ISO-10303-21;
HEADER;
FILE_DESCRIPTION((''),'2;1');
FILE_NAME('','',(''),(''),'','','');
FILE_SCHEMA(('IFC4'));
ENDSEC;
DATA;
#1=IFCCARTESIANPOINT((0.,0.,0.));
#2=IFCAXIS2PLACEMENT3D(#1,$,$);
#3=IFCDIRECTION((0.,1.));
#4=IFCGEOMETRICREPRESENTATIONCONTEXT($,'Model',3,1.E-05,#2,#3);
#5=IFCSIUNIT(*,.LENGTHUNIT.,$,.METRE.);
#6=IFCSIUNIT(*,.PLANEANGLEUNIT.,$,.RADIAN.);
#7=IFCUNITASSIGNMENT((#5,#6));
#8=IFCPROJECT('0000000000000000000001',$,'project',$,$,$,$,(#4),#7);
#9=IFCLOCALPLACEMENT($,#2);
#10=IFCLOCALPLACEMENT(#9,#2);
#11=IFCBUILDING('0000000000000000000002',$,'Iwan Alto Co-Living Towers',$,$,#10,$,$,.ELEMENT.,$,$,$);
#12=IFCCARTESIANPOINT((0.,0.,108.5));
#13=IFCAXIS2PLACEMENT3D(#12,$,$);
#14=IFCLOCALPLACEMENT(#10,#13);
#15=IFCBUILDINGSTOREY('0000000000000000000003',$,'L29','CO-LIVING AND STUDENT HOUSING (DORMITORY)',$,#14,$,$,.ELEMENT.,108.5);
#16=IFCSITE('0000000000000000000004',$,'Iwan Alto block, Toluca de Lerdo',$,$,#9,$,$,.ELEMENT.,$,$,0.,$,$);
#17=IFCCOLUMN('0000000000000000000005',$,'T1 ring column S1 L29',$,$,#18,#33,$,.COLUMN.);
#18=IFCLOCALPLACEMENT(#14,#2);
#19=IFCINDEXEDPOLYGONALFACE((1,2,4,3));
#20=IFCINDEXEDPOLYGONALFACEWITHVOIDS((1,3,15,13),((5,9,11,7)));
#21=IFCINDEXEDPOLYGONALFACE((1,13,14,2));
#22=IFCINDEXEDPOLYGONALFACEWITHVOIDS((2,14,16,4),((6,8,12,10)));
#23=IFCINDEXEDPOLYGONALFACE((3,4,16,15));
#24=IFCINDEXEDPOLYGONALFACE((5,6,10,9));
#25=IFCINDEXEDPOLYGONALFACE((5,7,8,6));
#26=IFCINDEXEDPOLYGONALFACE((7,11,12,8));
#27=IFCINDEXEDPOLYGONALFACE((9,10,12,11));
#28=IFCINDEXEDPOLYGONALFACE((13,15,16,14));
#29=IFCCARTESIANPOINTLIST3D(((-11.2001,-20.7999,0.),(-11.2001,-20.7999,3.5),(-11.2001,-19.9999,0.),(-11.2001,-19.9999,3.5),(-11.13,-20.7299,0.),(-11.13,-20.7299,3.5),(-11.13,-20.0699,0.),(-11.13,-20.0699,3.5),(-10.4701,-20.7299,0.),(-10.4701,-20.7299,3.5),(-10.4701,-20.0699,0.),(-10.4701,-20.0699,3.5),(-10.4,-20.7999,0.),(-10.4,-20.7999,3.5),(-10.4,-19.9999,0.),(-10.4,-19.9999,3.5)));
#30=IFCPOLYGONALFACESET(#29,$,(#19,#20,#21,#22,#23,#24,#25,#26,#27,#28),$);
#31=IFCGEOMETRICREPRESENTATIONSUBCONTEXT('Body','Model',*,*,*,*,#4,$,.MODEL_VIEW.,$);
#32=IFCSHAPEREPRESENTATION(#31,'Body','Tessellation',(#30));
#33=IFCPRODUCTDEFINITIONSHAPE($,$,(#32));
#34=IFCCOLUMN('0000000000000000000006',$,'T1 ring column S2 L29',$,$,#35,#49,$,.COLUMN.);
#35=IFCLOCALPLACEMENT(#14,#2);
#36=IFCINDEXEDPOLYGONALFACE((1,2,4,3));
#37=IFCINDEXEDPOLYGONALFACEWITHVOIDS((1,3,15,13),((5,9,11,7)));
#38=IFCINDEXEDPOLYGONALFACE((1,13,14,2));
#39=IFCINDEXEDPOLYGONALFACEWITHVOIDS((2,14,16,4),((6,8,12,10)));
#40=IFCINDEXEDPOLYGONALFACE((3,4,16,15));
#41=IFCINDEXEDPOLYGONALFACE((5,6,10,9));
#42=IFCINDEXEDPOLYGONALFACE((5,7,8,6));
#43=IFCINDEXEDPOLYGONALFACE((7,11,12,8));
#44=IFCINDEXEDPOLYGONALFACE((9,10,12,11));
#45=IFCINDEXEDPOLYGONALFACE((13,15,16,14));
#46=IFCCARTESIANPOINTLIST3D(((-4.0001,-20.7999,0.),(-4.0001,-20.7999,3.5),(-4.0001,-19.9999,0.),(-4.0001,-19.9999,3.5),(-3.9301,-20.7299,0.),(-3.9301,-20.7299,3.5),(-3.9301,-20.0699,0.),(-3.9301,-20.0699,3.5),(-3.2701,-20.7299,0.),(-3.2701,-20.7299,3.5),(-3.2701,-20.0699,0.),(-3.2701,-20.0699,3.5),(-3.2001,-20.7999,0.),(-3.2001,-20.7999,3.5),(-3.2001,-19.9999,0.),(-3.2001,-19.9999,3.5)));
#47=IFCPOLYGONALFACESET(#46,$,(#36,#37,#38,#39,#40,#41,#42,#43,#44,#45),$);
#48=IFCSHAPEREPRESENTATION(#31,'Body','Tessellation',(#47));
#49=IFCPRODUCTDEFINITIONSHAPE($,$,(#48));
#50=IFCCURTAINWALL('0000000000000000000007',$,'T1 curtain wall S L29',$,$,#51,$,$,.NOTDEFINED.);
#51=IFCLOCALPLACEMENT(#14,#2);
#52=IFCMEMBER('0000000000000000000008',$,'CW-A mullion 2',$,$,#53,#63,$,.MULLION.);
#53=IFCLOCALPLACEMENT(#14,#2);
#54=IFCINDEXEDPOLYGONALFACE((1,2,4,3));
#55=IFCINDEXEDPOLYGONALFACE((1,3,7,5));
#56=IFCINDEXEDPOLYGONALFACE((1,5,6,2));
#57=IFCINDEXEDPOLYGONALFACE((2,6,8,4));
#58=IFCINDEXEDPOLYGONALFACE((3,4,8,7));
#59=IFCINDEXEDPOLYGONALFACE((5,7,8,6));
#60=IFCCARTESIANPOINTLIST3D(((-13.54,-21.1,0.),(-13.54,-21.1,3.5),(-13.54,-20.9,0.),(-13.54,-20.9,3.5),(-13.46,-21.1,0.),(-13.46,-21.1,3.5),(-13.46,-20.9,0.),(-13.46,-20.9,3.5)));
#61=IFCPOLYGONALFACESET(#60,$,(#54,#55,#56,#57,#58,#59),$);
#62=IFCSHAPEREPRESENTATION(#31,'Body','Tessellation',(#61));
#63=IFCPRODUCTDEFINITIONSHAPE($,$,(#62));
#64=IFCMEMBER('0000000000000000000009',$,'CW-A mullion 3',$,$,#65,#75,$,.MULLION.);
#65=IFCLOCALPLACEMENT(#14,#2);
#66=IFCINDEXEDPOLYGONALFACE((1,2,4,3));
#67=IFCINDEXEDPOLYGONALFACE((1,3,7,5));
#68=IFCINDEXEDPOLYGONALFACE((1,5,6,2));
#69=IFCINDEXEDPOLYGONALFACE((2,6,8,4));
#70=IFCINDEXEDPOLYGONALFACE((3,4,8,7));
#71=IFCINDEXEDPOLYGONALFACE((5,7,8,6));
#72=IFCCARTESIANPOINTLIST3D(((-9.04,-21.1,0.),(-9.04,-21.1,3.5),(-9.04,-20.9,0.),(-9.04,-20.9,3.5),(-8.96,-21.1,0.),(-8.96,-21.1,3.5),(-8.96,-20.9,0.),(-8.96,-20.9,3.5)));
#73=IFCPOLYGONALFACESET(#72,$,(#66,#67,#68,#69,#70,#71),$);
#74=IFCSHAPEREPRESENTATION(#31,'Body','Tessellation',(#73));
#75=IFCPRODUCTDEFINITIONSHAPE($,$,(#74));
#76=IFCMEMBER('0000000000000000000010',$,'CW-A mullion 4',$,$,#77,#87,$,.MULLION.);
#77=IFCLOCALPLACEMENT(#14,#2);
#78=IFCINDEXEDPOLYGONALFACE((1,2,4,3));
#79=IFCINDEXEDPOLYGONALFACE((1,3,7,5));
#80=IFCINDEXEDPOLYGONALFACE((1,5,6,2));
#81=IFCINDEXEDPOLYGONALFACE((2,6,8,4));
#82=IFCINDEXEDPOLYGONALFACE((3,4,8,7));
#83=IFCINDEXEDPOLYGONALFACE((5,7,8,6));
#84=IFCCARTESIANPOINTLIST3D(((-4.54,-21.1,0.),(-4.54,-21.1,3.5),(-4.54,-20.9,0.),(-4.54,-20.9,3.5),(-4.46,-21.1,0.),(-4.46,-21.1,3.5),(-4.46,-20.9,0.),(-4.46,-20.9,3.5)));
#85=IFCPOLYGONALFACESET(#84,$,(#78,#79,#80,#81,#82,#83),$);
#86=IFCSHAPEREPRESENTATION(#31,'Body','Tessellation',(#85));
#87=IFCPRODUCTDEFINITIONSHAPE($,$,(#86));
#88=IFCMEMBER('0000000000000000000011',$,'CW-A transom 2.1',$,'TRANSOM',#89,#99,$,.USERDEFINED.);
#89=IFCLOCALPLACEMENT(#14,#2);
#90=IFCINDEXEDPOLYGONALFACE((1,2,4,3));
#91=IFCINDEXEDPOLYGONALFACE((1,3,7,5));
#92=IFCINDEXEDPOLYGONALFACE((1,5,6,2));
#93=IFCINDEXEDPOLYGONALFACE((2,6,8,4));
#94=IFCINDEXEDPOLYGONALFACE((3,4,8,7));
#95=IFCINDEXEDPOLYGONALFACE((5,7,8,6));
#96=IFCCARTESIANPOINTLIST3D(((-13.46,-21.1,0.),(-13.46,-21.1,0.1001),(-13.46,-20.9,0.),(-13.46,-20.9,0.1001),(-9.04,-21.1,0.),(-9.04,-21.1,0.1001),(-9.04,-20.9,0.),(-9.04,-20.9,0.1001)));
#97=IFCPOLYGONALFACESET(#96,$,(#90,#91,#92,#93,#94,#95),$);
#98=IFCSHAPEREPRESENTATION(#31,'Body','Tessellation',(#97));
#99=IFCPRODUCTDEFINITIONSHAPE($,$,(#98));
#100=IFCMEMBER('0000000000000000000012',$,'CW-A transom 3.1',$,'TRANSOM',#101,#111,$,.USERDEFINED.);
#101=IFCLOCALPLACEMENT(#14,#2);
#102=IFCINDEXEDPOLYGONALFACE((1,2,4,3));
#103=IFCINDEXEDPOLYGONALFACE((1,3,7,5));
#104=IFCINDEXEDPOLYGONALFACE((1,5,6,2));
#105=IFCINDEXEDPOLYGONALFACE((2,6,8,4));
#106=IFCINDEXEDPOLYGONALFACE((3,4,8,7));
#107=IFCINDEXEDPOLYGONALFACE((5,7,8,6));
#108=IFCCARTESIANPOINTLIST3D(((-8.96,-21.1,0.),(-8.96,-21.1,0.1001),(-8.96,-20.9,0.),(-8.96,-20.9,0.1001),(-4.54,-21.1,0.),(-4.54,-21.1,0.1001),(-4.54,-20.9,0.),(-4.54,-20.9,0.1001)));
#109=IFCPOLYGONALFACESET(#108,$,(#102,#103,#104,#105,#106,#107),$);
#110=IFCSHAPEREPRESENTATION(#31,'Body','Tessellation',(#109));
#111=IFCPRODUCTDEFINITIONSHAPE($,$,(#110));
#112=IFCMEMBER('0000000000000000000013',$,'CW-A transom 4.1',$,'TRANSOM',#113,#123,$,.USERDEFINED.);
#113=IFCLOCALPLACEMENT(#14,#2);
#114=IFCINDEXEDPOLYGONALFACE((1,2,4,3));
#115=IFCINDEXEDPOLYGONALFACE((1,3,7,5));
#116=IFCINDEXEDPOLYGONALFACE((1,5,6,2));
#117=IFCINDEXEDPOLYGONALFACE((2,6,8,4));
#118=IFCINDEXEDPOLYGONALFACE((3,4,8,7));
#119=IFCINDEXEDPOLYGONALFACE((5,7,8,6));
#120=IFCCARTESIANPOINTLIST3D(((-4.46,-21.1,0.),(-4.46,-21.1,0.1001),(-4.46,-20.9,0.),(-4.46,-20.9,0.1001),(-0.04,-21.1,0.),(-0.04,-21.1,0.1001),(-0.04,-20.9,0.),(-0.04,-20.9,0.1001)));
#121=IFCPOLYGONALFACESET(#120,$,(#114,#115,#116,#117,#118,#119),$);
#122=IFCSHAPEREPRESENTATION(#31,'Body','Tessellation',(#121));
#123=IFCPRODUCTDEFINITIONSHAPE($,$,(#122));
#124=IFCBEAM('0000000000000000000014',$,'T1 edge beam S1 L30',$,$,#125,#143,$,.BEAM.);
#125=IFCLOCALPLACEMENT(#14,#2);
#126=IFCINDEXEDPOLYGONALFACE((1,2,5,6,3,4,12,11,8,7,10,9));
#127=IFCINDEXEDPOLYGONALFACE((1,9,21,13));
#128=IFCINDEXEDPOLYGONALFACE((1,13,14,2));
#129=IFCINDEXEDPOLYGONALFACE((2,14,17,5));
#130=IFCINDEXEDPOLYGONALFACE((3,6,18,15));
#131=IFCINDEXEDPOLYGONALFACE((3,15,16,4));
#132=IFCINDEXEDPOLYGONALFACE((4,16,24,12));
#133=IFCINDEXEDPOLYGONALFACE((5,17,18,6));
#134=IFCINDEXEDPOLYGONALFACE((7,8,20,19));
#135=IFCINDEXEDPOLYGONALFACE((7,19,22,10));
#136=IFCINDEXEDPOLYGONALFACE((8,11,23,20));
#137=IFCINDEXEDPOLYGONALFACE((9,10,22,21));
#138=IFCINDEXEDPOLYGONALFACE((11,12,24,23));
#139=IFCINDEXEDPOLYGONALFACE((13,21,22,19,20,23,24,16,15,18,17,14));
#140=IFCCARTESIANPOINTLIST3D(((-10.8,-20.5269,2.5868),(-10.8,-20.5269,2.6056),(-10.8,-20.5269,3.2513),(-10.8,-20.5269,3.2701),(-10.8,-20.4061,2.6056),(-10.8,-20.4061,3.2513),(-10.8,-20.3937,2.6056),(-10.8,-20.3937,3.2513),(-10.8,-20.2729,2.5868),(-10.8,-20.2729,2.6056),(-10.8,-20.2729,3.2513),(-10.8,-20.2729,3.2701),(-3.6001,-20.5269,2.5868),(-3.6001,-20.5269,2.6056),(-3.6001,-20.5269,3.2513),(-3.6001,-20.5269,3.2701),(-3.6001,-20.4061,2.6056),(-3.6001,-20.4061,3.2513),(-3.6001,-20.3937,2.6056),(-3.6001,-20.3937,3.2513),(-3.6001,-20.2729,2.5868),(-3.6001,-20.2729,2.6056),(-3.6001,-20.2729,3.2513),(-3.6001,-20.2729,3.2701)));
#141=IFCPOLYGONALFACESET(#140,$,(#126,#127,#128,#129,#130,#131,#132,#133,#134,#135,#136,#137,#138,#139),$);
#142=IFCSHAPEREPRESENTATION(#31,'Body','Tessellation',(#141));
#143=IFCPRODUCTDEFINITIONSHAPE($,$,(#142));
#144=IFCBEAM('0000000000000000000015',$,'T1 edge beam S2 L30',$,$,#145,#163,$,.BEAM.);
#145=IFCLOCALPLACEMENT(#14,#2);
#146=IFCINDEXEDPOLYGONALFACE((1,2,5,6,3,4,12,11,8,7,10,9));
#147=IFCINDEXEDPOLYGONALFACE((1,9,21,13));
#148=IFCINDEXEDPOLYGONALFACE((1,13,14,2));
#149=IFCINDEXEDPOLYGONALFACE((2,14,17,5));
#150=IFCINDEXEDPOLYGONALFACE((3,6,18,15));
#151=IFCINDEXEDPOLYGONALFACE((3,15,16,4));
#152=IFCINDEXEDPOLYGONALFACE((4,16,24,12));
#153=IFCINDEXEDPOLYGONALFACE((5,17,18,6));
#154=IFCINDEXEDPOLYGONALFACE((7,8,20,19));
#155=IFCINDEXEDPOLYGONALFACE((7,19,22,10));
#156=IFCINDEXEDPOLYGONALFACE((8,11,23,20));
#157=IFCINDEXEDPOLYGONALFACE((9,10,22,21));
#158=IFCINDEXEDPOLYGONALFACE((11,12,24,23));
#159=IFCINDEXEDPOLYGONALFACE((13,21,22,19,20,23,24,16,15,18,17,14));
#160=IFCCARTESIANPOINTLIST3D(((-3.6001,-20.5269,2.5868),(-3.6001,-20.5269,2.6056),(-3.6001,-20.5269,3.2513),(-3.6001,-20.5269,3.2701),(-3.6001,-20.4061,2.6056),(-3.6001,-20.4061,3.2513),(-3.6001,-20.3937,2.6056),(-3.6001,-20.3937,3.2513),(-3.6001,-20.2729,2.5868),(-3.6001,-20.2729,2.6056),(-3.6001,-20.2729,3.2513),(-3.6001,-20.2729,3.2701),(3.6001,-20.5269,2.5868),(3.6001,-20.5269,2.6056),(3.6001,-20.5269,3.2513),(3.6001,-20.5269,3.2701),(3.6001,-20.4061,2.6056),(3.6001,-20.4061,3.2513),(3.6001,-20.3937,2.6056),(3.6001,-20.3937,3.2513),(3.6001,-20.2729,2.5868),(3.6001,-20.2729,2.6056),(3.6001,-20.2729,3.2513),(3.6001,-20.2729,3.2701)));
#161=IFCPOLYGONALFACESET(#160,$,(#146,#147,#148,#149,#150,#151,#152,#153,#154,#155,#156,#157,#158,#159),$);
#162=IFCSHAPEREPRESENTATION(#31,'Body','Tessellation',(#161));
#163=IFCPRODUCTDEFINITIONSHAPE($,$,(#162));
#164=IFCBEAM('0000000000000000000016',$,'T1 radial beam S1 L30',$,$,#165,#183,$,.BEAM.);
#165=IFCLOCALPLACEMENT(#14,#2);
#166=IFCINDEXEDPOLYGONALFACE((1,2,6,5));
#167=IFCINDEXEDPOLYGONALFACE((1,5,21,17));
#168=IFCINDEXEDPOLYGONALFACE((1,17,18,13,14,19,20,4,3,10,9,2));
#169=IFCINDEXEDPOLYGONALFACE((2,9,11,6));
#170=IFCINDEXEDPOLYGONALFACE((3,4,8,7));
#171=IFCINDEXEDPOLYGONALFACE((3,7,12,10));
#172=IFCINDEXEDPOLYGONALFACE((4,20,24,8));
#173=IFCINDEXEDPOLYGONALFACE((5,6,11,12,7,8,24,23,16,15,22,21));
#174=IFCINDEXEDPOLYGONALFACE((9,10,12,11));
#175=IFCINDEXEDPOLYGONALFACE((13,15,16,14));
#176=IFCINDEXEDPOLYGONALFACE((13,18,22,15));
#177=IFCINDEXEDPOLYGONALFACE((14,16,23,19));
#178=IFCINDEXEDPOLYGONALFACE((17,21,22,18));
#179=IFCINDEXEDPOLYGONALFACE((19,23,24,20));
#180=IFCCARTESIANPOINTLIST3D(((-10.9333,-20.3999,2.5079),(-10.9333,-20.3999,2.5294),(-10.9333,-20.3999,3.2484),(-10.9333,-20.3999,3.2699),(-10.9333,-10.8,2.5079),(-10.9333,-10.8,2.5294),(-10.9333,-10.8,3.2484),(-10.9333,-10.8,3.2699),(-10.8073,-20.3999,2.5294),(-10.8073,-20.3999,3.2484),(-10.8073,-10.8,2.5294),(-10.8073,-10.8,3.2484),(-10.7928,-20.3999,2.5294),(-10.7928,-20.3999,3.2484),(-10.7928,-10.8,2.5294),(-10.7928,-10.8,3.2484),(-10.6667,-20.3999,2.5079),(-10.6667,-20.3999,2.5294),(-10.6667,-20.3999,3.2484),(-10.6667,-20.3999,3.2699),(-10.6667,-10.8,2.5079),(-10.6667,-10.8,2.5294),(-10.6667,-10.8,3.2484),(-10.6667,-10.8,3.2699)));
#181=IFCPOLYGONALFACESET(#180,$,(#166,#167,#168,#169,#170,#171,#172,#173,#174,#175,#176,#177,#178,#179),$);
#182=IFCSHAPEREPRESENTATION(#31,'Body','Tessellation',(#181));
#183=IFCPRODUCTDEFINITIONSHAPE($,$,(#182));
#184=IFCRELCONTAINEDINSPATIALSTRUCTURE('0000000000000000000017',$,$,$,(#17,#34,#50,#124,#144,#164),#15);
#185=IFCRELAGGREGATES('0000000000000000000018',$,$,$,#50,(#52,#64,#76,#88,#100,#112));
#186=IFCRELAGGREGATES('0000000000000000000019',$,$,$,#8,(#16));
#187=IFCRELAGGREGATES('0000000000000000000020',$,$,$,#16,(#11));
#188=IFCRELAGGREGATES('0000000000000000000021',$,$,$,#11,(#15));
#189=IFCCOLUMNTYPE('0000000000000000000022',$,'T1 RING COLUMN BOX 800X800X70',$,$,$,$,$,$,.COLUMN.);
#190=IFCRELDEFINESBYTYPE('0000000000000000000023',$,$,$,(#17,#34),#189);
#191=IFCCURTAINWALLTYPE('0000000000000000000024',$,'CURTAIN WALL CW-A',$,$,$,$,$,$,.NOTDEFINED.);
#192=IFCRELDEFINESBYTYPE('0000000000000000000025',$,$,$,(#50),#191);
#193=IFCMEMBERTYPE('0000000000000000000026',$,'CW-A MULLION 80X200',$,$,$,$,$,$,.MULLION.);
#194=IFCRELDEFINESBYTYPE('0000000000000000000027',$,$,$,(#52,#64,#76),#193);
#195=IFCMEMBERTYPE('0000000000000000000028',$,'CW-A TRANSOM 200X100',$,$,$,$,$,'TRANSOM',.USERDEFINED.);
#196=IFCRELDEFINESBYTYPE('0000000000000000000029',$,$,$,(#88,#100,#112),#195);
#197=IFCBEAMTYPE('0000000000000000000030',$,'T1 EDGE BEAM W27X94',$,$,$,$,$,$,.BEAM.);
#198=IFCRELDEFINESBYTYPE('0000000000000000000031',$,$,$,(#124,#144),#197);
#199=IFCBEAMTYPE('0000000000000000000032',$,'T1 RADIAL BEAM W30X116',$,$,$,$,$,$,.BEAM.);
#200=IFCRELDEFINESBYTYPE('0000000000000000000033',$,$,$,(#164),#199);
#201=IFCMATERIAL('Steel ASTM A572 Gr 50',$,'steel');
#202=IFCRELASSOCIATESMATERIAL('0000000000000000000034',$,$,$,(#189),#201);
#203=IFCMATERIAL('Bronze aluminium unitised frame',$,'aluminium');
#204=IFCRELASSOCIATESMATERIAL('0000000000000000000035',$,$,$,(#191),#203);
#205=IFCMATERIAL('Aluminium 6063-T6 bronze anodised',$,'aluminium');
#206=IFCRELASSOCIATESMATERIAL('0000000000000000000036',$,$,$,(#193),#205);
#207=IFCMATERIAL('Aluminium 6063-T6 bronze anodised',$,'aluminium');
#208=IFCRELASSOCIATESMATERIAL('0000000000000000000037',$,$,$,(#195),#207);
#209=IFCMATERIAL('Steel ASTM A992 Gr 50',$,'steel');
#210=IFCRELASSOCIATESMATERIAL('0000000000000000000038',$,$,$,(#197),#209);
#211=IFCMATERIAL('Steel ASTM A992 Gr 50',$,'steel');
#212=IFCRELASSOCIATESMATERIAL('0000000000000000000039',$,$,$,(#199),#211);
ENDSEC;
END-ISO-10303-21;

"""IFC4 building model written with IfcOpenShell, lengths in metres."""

from ifc_helpers import new_model, si_unit, direction, frame, origin, origin_2d, place, context, subcontext, project, spatial, rectangle, hollow_rectangle, i_section, extrude, material, material_profile, profile_set, type_object, element, aggregate, save


model = new_model("IFC4")

# Units and contexts
model_context = context("Model", 3, precision=1e-05, world=origin(), true_north=direction((0.0, 1.0)))
body_context = subcontext(model_context, "Body", "Model", "MODEL_VIEW")
ifc_project = project(units=[si_unit("LENGTHUNIT", "METRE"), si_unit("PLANEANGLEUNIT", "RADIAN")], contexts=[model_context])

# Site, building, storey
site_placement = place(None, origin())
site = spatial("IfcSite", under=ifc_project, at=site_placement, Name="Iwan Alto block, Toluca de Lerdo", CompositionType="ELEMENT", RefElevation=0.0)
building_placement = place(site_placement, origin())
building = spatial("IfcBuilding", under=site, at=building_placement, Name="Iwan Alto Co-Living Towers", CompositionType="ELEMENT")
storey_placement = place(building_placement, frame((0.0, 0.0, 108.5)))
storey = spatial("IfcBuildingStorey", under=building, at=storey_placement, Name="L29", Description="CO-LIVING AND STUDENT HOUSING (DORMITORY)", CompositionType="ELEMENT", Elevation=108.5)

# Columns
ifc_material_1 = material(Name="Steel ASTM A572 Gr 50", Category="steel")
ifc_material_profile_1 = material_profile(ifc_material_1, hollow_rectangle(XDim=0.8, YDim=0.8, WallThickness=0.0701, at=origin_2d()), Name="BOX 800X800X70")
ifc_profile_set_1 = profile_set([ifc_material_profile_1], Name="Steel ASTM A572 Gr 50")
column_type = type_object("IfcColumnType", Name="T1 RING COLUMN BOX 800X800X70", PredefinedType="COLUMN", material=ifc_profile_set_1)
for number, where, z_axis, x_axis, name in (
    (1, (-10.8, -20.3999, 0.0), (0.0, 0.0, 1.0), (1.0, 0.0, 0.0), "T1 ring column S1 L29"),
    (2, (-3.6001, -20.3999, 0.0), (0.0, 0.0, 1.0), (1.0, 0.0, 0.0), "T1 ring column S2 L29"),
):
    element("IfcColumn", number, at=place(storey_placement, frame(where, z_axis=z_axis, x_axis=x_axis)), inside=storey, type_object=column_type, Name=name, PredefinedType="COLUMN", context=body_context, shape_type="SweptSolid", body=[
        extrude(hollow_rectangle(XDim=0.8, YDim=0.8, WallThickness=0.0701, at=origin_2d()), origin(), (0.0, 0.0, 1.0), 3.5),
    ])

# Curtain wall, members
ifc_material_2 = material(Name="Bronze aluminium unitised frame", Category="aluminium")
curtain_wall_type = type_object("IfcCurtainWallType", Name="CURTAIN WALL CW-A", PredefinedType="NOTDEFINED", material=ifc_material_2)
curtain_wall_placement = place(storey_placement, origin())
curtain_wall = element("IfcCurtainWall", 3, at=curtain_wall_placement, inside=storey, type_object=curtain_wall_type, Name="T1 curtain wall S L29", PredefinedType="NOTDEFINED")
ifc_material_3 = material(Name="Aluminium 6063-T6 bronze anodised", Category="aluminium")
ifc_material_profile_2 = material_profile(ifc_material_3, rectangle(XDim=0.2, YDim=0.0801, at=origin_2d()), Name="AL 80X200")
ifc_profile_set_2 = profile_set([ifc_material_profile_2], Name="Aluminium 6063-T6 bronze anodised")
member_type_1 = type_object("IfcMemberType", Name="CW-A MULLION 80X200", PredefinedType="MULLION", material=ifc_profile_set_2)
member_1_placement = place(storey_placement, frame((-13.5, -21.0, 0.0), z_axis=(0.0, 0.0, 1.0), x_axis=(0.0, 1.0, 0.0)))
member_1 = element("IfcMember", 4, at=member_1_placement, type_object=member_type_1, Name="CW-A mullion 2", PredefinedType="MULLION", context=body_context, shape_type="SweptSolid", body=[
    extrude(rectangle(XDim=0.2, YDim=0.0801, at=origin_2d()), origin(), (0.0, 0.0, 1.0), 3.5),
])
member_2_placement = place(storey_placement, frame((-9.0, -21.0, 0.0), z_axis=(0.0, 0.0, 1.0), x_axis=(0.0, 1.0, 0.0)))
member_2 = element("IfcMember", 5, at=member_2_placement, type_object=member_type_1, Name="CW-A mullion 3", PredefinedType="MULLION", context=body_context, shape_type="SweptSolid", body=[
    extrude(rectangle(XDim=0.2, YDim=0.0801, at=origin_2d()), origin(), (0.0, 0.0, 1.0), 3.5),
])
member_3_placement = place(storey_placement, frame((-4.5, -21.0, 0.0), z_axis=(0.0, 0.0, 1.0), x_axis=(0.0, 1.0, 0.0)))
member_3 = element("IfcMember", 6, at=member_3_placement, type_object=member_type_1, Name="CW-A mullion 4", PredefinedType="MULLION", context=body_context, shape_type="SweptSolid", body=[
    extrude(rectangle(XDim=0.2, YDim=0.0801, at=origin_2d()), origin(), (0.0, 0.0, 1.0), 3.5),
])
ifc_material_4 = material(Name="Aluminium 6063-T6 bronze anodised", Category="aluminium")
ifc_material_profile_3 = material_profile(ifc_material_4, rectangle(XDim=0.2, YDim=0.1001, at=origin_2d()), Name="AL 200X100")
ifc_profile_set_3 = profile_set([ifc_material_profile_3], Name="Aluminium 6063-T6 bronze anodised")
member_type_2 = type_object("IfcMemberType", Name="CW-A TRANSOM 200X100", ElementType="TRANSOM", PredefinedType="USERDEFINED", material=ifc_profile_set_3)
member_4_placement = place(storey_placement, frame((-13.46, -21.0, 0.05), z_axis=(1.0, 0.0, 0.0), x_axis=(0.0, 1.0, 0.0)))
member_4 = element("IfcMember", 7, at=member_4_placement, type_object=member_type_2, Name="CW-A transom 2.1", ObjectType="TRANSOM", PredefinedType="USERDEFINED", context=body_context, shape_type="SweptSolid", body=[
    extrude(rectangle(XDim=0.2, YDim=0.1001, at=origin_2d()), origin(), (0.0, 0.0, 1.0), 4.4199),
])
member_5_placement = place(storey_placement, frame((-8.96, -21.0, 0.05), z_axis=(1.0, 0.0, 0.0), x_axis=(0.0, 1.0, 0.0)))
member_5 = element("IfcMember", 8, at=member_5_placement, type_object=member_type_2, Name="CW-A transom 3.1", ObjectType="TRANSOM", PredefinedType="USERDEFINED", context=body_context, shape_type="SweptSolid", body=[
    extrude(rectangle(XDim=0.2, YDim=0.1001, at=origin_2d()), origin(), (0.0, 0.0, 1.0), 4.4199),
])
member_6_placement = place(storey_placement, frame((-4.46, -21.0, 0.05), z_axis=(1.0, 0.0, 0.0), x_axis=(0.0, 1.0, 0.0)))
member_6 = element("IfcMember", 9, at=member_6_placement, type_object=member_type_2, Name="CW-A transom 4.1", ObjectType="TRANSOM", PredefinedType="USERDEFINED", context=body_context, shape_type="SweptSolid", body=[
    extrude(rectangle(XDim=0.2, YDim=0.1001, at=origin_2d()), origin(), (0.0, 0.0, 1.0), 4.4199),
])

# Beams
ifc_material_5 = material(Name="Steel ASTM A992 Gr 50", Category="steel")
ifc_material_profile_4 = material_profile(ifc_material_5, i_section(OverallWidth=0.2539, OverallDepth=0.6833, WebThickness=0.0125, FlangeThickness=0.0188, at=origin_2d()), Name="W27X94")
ifc_profile_set_4 = profile_set([ifc_material_profile_4], Name="Steel ASTM A992 Gr 50")
beam_type_1 = type_object("IfcBeamType", Name="T1 EDGE BEAM W27X94", PredefinedType="BEAM", material=ifc_profile_set_4)
beam_1_placement = place(storey_placement, frame((-10.8, -20.3999, 2.9285), z_axis=(1.0, 0.0, 0.0), x_axis=(0.0, 1.0, 0.0)))
element("IfcBeam", 10, at=beam_1_placement, inside=storey, type_object=beam_type_1, Name="T1 edge beam S1 L30", PredefinedType="BEAM", context=body_context, shape_type="SweptSolid", body=[
    extrude(i_section(OverallWidth=0.2539, OverallDepth=0.6833, WebThickness=0.0125, FlangeThickness=0.0188, at=origin_2d()), origin(), (0.0, 0.0, 1.0), 7.2),
])
beam_2_placement = place(storey_placement, frame((-3.6001, -20.3999, 2.9285), z_axis=(1.0, 0.0, 0.0), x_axis=(0.0, 1.0, 0.0)))
element("IfcBeam", 11, at=beam_2_placement, inside=storey, type_object=beam_type_1, Name="T1 edge beam S2 L30", PredefinedType="BEAM", context=body_context, shape_type="SweptSolid", body=[
    extrude(i_section(OverallWidth=0.2539, OverallDepth=0.6833, WebThickness=0.0125, FlangeThickness=0.0188, at=origin_2d()), origin(), (0.0, 0.0, 1.0), 7.2002),
])
ifc_material_6 = material(Name="Steel ASTM A992 Gr 50", Category="steel")
ifc_material_profile_5 = material_profile(ifc_material_6, i_section(OverallWidth=0.2666, OverallDepth=0.762, WebThickness=0.0144, FlangeThickness=0.0215, at=origin_2d()), Name="W30X116")
ifc_profile_set_5 = profile_set([ifc_material_profile_5], Name="Steel ASTM A992 Gr 50")
beam_type_2 = type_object("IfcBeamType", Name="T1 RADIAL BEAM W30X116", PredefinedType="BEAM", material=ifc_profile_set_5)
beam_3_placement = place(storey_placement, frame((-10.8, -20.3999, 2.8889), z_axis=(0.0, 1.0, 0.0), x_axis=(-1.0, 0.0, 0.0)))
element("IfcBeam", 12, at=beam_3_placement, inside=storey, type_object=beam_type_2, Name="T1 radial beam S1 L30", PredefinedType="BEAM", context=body_context, shape_type="SweptSolid", body=[
    extrude(i_section(OverallWidth=0.2666, OverallDepth=0.762, WebThickness=0.0144, FlangeThickness=0.0215, at=origin_2d()), origin(), (0.0, 0.0, 1.0), 9.5999),
])

aggregate(curtain_wall, [member_1, member_2, member_3, member_4, member_5, member_6])

save(model, "model.ifc")
